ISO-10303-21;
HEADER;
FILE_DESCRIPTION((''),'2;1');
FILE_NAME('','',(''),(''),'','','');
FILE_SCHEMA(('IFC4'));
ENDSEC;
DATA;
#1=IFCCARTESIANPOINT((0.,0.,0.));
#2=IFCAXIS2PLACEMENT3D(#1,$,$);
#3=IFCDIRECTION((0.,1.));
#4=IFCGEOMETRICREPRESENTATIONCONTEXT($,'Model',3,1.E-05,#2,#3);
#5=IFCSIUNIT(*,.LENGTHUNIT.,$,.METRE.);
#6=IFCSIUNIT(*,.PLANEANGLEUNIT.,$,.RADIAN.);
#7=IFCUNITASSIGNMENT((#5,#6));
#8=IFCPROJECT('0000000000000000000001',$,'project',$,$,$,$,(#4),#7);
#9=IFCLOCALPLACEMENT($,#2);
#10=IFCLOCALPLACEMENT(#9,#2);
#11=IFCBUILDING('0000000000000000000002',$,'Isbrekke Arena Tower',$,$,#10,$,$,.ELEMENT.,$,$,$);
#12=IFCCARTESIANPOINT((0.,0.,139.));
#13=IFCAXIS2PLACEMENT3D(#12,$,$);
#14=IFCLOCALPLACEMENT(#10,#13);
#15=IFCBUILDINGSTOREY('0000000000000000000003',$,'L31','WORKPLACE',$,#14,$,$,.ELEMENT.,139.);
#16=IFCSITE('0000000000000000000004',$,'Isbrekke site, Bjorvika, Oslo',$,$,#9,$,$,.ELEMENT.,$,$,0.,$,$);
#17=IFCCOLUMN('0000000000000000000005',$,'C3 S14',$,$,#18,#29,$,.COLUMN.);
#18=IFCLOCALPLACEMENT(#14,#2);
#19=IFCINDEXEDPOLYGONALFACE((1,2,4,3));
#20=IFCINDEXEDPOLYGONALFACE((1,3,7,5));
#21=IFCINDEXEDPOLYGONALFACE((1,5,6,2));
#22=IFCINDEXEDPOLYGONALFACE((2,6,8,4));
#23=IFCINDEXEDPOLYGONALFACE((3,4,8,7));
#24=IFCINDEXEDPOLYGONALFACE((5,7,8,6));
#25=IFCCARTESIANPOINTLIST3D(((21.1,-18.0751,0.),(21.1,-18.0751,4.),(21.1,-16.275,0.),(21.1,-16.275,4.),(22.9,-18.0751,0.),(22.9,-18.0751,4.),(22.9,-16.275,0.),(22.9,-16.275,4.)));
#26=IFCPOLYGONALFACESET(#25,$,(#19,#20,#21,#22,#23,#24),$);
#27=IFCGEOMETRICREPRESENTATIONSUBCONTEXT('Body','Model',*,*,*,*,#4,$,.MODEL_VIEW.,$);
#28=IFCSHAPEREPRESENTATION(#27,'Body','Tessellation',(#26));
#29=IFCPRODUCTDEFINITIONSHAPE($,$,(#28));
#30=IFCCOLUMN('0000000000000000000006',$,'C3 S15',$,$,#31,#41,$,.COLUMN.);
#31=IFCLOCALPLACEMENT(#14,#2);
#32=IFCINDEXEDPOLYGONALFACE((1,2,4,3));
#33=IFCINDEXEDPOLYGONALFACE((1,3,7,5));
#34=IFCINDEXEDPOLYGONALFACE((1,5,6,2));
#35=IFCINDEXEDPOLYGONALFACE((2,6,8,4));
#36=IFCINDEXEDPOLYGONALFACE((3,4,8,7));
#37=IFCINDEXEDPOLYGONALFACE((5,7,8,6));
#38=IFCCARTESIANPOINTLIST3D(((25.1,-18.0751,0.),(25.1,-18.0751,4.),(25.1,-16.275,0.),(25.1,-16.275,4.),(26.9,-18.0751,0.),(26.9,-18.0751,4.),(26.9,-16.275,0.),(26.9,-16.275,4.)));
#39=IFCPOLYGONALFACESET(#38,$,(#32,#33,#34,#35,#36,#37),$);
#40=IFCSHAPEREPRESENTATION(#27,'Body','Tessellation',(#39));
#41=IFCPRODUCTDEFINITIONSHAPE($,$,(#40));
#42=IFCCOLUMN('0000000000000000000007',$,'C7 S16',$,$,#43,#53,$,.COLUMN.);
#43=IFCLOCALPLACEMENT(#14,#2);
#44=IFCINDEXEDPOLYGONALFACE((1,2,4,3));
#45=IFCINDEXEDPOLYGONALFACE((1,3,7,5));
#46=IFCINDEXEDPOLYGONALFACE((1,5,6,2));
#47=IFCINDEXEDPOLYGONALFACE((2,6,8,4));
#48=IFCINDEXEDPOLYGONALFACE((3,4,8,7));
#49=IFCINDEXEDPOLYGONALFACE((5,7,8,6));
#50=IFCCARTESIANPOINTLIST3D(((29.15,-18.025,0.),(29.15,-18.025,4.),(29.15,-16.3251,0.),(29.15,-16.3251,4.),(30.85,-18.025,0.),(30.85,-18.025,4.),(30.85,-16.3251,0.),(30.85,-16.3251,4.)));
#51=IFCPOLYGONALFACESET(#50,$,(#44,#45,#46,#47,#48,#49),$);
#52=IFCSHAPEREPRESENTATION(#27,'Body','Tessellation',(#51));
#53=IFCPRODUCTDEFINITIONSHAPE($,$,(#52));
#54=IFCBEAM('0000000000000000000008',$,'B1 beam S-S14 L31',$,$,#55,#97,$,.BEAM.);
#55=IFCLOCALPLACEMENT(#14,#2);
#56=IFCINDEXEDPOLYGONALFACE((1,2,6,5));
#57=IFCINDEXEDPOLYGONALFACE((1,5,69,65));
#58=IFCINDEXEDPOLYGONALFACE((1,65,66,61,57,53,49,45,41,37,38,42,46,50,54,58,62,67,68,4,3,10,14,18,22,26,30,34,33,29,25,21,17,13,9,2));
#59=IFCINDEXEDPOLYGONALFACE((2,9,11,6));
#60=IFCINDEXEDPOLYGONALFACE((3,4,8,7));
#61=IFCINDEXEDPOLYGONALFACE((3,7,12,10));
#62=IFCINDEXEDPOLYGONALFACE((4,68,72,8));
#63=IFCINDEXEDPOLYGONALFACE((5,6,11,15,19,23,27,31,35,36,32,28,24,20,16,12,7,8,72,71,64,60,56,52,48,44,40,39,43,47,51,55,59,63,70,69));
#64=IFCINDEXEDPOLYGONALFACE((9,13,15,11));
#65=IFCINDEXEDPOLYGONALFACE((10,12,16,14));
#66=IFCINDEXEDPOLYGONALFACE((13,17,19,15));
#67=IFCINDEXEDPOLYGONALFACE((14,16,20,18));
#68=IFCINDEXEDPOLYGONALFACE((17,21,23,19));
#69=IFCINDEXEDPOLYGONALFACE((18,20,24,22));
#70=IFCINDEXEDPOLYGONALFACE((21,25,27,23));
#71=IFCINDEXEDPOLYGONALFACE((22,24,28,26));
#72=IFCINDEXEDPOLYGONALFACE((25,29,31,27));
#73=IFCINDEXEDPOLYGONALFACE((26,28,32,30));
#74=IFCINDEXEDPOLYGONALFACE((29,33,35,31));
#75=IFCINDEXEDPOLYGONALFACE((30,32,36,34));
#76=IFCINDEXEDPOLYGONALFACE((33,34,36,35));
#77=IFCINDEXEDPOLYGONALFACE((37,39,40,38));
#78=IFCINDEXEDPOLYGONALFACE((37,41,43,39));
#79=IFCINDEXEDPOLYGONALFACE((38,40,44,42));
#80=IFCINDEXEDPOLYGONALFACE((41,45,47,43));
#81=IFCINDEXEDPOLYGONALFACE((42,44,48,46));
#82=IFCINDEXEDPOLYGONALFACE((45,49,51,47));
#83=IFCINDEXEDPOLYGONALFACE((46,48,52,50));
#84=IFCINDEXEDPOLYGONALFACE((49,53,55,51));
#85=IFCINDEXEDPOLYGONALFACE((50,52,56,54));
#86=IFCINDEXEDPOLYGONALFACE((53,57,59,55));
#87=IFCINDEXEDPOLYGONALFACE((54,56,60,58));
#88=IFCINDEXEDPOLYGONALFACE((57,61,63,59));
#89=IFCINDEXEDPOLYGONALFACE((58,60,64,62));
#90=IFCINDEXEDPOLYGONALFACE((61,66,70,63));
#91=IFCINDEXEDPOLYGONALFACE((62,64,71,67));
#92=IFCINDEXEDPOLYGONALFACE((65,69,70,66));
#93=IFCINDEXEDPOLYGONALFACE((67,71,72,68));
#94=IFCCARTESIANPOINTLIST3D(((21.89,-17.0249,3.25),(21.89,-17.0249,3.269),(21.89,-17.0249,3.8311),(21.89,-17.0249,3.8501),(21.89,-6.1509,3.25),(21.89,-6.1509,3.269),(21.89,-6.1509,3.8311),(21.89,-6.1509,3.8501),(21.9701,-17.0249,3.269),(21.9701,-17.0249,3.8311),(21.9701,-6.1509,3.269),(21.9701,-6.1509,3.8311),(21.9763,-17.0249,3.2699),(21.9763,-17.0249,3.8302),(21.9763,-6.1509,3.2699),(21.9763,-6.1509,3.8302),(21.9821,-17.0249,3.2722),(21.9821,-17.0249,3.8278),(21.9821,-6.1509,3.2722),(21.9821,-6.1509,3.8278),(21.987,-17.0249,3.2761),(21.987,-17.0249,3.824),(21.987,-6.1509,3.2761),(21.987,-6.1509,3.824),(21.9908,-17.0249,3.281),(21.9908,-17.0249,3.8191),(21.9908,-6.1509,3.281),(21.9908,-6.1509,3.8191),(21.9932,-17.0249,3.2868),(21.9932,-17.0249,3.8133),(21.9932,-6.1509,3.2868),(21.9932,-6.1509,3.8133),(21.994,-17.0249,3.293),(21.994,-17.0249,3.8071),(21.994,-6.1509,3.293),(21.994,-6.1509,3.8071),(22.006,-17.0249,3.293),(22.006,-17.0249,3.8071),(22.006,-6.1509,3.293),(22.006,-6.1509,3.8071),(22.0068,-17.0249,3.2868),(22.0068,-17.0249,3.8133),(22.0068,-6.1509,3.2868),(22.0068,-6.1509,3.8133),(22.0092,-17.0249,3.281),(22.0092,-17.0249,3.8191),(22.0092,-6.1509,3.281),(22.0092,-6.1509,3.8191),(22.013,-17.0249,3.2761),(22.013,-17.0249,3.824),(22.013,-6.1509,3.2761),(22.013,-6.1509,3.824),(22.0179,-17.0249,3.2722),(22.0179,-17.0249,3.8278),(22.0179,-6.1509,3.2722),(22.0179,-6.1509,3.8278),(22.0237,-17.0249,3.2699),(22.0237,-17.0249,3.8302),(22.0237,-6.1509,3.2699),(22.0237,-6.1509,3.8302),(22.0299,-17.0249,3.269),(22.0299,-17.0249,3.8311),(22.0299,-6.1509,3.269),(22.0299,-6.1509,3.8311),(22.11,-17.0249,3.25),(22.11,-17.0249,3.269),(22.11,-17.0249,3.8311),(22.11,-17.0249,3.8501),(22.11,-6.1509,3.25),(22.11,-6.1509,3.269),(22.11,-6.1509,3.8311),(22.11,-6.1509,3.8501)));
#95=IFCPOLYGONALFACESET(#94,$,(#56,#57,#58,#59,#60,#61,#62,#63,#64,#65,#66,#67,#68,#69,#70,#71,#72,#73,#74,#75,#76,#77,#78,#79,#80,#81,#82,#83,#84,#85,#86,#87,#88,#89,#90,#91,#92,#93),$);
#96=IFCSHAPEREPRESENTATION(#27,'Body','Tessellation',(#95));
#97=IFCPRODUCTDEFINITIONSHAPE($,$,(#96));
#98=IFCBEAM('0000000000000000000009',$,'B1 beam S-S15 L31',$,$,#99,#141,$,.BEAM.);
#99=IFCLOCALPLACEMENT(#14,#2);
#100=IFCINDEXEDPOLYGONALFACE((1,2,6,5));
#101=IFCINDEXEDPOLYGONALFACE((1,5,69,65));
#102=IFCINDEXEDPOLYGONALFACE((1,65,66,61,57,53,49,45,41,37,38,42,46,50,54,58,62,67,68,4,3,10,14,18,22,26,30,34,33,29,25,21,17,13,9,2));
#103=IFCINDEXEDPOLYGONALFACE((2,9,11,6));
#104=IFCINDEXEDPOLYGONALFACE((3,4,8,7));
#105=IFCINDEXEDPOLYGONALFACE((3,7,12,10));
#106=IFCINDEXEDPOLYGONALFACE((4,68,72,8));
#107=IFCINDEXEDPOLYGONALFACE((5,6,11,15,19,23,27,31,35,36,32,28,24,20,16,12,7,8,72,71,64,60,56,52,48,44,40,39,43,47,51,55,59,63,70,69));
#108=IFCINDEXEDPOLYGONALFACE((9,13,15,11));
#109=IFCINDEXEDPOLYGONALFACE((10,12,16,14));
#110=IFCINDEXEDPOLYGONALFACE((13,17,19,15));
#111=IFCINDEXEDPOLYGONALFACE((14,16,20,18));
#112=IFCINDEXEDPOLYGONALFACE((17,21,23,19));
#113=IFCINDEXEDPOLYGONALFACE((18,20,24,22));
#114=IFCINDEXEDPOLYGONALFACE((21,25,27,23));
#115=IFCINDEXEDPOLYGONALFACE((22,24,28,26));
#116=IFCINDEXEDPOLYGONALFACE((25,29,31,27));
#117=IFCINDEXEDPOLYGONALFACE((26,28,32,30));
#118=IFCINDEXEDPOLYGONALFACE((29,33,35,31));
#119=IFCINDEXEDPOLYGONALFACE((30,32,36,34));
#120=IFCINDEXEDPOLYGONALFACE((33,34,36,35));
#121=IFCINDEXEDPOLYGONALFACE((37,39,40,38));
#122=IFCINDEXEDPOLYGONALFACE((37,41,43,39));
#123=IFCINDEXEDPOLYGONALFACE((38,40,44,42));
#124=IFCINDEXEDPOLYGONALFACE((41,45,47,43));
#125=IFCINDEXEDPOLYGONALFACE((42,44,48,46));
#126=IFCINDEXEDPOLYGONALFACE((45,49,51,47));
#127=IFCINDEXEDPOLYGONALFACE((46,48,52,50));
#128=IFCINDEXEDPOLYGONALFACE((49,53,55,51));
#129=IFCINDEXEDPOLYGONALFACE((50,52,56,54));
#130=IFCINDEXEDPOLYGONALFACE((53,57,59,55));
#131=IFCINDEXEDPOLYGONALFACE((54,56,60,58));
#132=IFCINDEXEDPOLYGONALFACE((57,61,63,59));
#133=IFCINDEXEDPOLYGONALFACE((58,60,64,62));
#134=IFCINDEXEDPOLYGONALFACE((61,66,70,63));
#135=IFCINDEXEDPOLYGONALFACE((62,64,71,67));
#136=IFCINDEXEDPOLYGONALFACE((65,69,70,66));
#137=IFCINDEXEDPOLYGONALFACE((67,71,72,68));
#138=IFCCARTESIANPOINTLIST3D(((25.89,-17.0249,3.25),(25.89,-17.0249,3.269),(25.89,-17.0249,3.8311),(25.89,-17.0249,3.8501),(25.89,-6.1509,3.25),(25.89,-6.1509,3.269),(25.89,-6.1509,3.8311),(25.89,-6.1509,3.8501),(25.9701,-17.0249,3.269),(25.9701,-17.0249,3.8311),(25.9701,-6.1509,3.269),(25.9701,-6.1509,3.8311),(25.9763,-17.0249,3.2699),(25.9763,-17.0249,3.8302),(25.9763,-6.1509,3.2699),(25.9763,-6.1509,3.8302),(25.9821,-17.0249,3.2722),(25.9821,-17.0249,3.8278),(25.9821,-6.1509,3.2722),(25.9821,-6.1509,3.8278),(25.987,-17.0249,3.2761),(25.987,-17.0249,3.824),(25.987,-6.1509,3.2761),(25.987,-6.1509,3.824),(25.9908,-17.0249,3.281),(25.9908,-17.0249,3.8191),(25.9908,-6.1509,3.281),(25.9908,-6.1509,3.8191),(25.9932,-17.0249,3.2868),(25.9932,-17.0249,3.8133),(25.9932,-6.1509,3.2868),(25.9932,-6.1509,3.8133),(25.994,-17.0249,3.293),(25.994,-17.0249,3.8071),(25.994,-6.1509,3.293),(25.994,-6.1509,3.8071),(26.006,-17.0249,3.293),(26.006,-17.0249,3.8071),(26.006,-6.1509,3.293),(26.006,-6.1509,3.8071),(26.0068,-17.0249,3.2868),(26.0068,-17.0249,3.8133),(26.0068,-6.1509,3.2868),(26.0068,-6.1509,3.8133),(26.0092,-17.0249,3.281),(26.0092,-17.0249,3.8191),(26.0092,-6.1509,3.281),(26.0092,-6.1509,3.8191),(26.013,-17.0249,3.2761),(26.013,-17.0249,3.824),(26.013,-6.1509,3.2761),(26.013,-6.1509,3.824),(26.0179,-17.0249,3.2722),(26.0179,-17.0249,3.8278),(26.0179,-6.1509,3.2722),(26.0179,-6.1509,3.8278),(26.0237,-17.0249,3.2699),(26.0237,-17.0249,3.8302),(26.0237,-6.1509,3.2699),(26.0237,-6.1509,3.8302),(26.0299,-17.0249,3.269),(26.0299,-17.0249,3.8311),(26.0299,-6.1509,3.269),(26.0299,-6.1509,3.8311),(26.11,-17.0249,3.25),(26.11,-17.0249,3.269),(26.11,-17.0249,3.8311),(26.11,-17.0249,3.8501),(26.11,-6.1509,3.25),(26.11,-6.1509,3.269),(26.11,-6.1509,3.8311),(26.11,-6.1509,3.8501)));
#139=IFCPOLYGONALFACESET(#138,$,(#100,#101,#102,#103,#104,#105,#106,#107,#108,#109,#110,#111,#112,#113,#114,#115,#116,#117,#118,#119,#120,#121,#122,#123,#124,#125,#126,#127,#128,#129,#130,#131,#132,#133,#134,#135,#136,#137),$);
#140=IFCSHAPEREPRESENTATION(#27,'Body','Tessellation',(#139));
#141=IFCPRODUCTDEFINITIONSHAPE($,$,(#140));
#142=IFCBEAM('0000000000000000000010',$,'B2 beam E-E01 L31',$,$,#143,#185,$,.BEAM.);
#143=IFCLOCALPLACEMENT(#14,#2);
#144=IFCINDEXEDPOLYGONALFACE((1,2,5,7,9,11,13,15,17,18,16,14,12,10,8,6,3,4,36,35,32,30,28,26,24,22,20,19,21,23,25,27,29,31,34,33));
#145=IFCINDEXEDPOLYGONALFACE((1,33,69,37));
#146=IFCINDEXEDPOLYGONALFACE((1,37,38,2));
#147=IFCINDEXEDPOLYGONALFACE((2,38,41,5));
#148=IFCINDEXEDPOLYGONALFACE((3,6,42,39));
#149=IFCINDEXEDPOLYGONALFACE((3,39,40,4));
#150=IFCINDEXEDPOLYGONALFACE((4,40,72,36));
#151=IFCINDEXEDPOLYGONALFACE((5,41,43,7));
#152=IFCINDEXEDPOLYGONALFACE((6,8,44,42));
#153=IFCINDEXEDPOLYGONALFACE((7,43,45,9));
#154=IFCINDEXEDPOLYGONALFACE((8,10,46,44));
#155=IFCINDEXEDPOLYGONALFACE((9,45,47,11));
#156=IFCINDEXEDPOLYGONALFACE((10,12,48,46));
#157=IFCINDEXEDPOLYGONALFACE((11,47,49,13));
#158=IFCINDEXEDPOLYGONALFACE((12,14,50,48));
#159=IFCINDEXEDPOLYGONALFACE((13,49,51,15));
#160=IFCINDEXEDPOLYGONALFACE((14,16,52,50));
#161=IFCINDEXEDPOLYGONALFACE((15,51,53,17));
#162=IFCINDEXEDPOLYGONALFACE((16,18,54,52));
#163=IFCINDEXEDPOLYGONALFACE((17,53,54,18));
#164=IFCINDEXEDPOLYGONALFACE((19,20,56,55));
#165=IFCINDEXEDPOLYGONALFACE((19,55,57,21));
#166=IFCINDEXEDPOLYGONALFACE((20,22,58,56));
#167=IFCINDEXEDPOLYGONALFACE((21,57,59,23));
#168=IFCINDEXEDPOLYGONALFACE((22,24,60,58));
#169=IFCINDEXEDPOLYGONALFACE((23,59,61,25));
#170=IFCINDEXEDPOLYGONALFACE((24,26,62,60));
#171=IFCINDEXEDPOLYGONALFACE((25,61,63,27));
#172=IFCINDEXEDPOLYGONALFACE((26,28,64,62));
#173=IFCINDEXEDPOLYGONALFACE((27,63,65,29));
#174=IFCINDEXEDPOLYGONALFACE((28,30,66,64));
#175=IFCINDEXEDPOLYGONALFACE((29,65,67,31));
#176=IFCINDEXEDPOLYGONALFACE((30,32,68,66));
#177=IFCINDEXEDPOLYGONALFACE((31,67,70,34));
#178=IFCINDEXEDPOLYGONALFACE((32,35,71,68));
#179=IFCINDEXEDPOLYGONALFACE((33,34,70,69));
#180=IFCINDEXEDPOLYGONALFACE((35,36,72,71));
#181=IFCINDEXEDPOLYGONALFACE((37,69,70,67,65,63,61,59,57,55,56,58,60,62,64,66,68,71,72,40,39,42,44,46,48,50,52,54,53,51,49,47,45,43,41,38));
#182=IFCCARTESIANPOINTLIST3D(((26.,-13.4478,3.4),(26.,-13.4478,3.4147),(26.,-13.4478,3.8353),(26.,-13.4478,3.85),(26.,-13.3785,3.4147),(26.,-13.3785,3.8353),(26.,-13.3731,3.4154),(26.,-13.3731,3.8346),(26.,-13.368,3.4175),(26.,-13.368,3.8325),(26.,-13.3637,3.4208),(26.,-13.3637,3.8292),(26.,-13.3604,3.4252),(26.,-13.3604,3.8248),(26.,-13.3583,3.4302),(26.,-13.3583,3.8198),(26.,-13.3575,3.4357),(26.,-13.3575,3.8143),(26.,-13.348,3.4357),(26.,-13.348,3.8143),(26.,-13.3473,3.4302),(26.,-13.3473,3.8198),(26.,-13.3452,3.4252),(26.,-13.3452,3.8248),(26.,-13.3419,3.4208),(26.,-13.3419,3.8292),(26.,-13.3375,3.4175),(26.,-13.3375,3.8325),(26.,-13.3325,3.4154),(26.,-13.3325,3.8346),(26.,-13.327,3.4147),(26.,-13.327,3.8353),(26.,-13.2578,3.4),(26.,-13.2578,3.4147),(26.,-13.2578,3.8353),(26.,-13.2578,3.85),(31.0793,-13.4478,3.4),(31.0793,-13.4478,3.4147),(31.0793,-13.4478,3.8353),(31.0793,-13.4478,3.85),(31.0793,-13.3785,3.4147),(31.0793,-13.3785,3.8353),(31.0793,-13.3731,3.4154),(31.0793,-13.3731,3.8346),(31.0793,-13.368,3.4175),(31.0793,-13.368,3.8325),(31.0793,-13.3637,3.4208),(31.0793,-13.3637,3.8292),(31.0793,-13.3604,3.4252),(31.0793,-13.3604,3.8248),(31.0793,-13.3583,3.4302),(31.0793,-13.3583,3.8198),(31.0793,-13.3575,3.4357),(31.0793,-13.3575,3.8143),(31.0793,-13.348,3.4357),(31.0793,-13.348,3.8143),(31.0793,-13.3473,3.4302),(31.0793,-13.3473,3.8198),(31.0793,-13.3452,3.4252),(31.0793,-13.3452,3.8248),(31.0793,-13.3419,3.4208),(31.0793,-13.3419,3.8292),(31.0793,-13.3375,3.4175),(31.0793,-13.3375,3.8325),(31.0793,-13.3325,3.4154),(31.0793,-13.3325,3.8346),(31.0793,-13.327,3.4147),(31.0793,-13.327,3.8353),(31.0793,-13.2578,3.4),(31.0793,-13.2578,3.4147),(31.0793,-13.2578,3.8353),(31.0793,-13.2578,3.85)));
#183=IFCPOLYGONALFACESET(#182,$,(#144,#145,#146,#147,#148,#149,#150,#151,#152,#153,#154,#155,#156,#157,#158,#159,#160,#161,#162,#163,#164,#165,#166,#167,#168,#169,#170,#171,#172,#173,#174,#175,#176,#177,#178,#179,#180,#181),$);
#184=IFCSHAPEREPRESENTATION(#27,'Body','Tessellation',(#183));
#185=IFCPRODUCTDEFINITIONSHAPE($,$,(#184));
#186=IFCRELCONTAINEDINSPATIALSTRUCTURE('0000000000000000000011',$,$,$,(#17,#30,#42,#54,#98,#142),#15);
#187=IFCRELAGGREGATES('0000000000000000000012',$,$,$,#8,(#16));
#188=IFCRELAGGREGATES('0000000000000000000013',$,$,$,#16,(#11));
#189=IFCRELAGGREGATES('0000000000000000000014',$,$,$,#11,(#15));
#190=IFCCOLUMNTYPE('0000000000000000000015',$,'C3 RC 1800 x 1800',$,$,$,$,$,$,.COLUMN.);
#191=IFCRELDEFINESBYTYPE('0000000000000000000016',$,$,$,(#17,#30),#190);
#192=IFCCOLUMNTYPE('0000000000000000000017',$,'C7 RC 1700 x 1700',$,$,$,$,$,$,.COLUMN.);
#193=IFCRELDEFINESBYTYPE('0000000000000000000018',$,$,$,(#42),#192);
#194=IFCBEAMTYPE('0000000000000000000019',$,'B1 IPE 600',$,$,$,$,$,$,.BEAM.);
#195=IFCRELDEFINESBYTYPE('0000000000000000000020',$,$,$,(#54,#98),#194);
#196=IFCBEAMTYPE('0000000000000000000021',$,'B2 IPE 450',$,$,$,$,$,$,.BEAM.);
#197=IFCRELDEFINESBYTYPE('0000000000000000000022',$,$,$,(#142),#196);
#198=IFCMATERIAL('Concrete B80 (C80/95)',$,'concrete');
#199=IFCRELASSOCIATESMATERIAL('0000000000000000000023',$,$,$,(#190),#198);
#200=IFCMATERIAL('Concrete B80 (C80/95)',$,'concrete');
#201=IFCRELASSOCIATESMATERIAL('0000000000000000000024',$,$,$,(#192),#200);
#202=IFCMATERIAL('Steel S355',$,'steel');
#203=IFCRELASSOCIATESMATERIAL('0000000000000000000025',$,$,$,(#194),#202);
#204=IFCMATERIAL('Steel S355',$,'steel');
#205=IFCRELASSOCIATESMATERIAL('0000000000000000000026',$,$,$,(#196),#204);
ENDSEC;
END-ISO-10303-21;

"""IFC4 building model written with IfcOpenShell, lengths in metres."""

from ifc_helpers import new_model, si_unit, direction, frame, origin, origin_2d, place, context, subcontext, project, spatial, rectangle, i_section, extrude, material, material_profile, profile_set, type_object, element, save


model = new_model("IFC4")

# Units and contexts
model_context = context("Model", 3, precision=1e-05, world=origin(), true_north=direction((0.0, 1.0)))
body_context = subcontext(model_context, "Body", "Model", "MODEL_VIEW")
ifc_project = project(units=[si_unit("LENGTHUNIT", "METRE"), si_unit("PLANEANGLEUNIT", "RADIAN")], contexts=[model_context])

# Site, building, storey
site_placement = place(None, origin())
site = spatial("IfcSite", under=ifc_project, at=site_placement, Name="Isbrekke site, Bjorvika, Oslo", CompositionType="ELEMENT", RefElevation=0.0)
building_placement = place(site_placement, origin())
building = spatial("IfcBuilding", under=site, at=building_placement, Name="Isbrekke Arena Tower", CompositionType="ELEMENT")
storey_placement = place(building_placement, frame((0.0, 0.0, 139.0)))
storey = spatial("IfcBuildingStorey", under=building, at=storey_placement, Name="L31", Description="WORKPLACE", CompositionType="ELEMENT", Elevation=139.0)

# Columns
ifc_material_1 = material(Name="Concrete B80 (C80/95)", Category="concrete")
ifc_material_profile_1 = material_profile(ifc_material_1, rectangle(XDim=1.8, YDim=1.8, at=origin_2d()), Name="RC 1800x1800")
ifc_profile_set_1 = profile_set([ifc_material_profile_1], Name="Concrete B80 (C80/95)")
column_type_1 = type_object("IfcColumnType", Name="C3 RC 1800 x 1800", PredefinedType="COLUMN", material=ifc_profile_set_1)
for number, where, z_axis, x_axis, name in (
    (1, (22.0, -17.175, 0.0), (0.0, 0.0, 1.0), (1.0, 0.0, 0.0), "C3 S14"),
    (2, (26.0, -17.175, 0.0), (0.0, 0.0, 1.0), (1.0, 0.0, 0.0), "C3 S15"),
):
    element("IfcColumn", number, at=place(storey_placement, frame(where, z_axis=z_axis, x_axis=x_axis)), inside=storey, type_object=column_type_1, Name=name, PredefinedType="COLUMN", context=body_context, shape_type="SweptSolid", body=[
        extrude(rectangle(XDim=1.8, YDim=1.8, at=origin_2d()), origin(), (0.0, 0.0, 1.0), 4.0),
    ])
ifc_material_2 = material(Name="Concrete B80 (C80/95)", Category="concrete")
ifc_material_profile_2 = material_profile(ifc_material_2, rectangle(XDim=1.7, YDim=1.7, at=origin_2d()), Name="RC 1700x1700")
ifc_profile_set_2 = profile_set([ifc_material_profile_2], Name="Concrete B80 (C80/95)")
column_type_2 = type_object("IfcColumnType", Name="C7 RC 1700 x 1700", PredefinedType="COLUMN", material=ifc_profile_set_2)
column_placement = place(storey_placement, frame((30.0, -17.175, 0.0), z_axis=(0.0, 0.0, 1.0), x_axis=(1.0, 0.0, 0.0)))
element("IfcColumn", 3, at=column_placement, inside=storey, type_object=column_type_2, Name="C7 S16", PredefinedType="COLUMN", context=body_context, shape_type="SweptSolid", body=[
    extrude(rectangle(XDim=1.7, YDim=1.7, at=origin_2d()), origin(), (0.0, 0.0, 1.0), 4.0),
])

# Beams
ifc_material_3 = material(Name="Steel S355", Category="steel")
ifc_material_profile_3 = material_profile(ifc_material_3, i_section(OverallWidth=0.22, OverallDepth=0.6001, WebThickness=0.012, FlangeThickness=0.019, FilletRadius=0.0239, at=origin_2d()), Name="IPE 600")
ifc_profile_set_3 = profile_set([ifc_material_profile_3], Name="Steel S355")
beam_type_1 = type_object("IfcBeamType", Name="B1 IPE 600", PredefinedType="BEAM", material=ifc_profile_set_3)
for number, where, z_axis, x_axis, name in (
    (4, (22.0, -17.0249, 3.55), (0.0, 1.0, 0.0), (-1.0, 0.0, 0.0), "B1 beam S-S14 L31"),
    (5, (26.0, -17.0249, 3.55), (0.0, 1.0, 0.0), (-1.0, 0.0, 0.0), "B1 beam S-S15 L31"),
):
    element("IfcBeam", number, at=place(storey_placement, frame(where, z_axis=z_axis, x_axis=x_axis)), inside=storey, type_object=beam_type_1, Name=name, PredefinedType="BEAM", context=body_context, shape_type="SweptSolid", body=[
        extrude(i_section(OverallWidth=0.22, OverallDepth=0.6001, WebThickness=0.012, FlangeThickness=0.019, FilletRadius=0.0239, at=origin_2d()), origin(), (0.0, 0.0, 1.0), 10.874),
    ])
ifc_material_4 = material(Name="Steel S355", Category="steel")
ifc_material_profile_4 = material_profile(ifc_material_4, i_section(OverallWidth=0.1899, OverallDepth=0.45, WebThickness=0.0095, FlangeThickness=0.0146, FilletRadius=0.021, at=origin_2d()), Name="IPE 450")
ifc_profile_set_4 = profile_set([ifc_material_profile_4], Name="Steel S355")
beam_type_2 = type_object("IfcBeamType", Name="B2 IPE 450", PredefinedType="BEAM", material=ifc_profile_set_4)
beam_1_placement = place(storey_placement, frame((31.0793, -13.3528, 3.625), z_axis=(-1.0, 0.0, 0.0), x_axis=(0.0, -1.0, 0.0)))
element("IfcBeam", 6, at=beam_1_placement, inside=storey, type_object=beam_type_2, Name="B2 beam E-E01 L31", PredefinedType="BEAM", context=body_context, shape_type="SweptSolid", body=[
    extrude(i_section(OverallWidth=0.1899, OverallDepth=0.45, WebThickness=0.0095, FlangeThickness=0.0146, FilletRadius=0.021, at=origin_2d()), origin(), (0.0, 0.0, 1.0), 5.0793),
])

save(model, "model.ifc")
